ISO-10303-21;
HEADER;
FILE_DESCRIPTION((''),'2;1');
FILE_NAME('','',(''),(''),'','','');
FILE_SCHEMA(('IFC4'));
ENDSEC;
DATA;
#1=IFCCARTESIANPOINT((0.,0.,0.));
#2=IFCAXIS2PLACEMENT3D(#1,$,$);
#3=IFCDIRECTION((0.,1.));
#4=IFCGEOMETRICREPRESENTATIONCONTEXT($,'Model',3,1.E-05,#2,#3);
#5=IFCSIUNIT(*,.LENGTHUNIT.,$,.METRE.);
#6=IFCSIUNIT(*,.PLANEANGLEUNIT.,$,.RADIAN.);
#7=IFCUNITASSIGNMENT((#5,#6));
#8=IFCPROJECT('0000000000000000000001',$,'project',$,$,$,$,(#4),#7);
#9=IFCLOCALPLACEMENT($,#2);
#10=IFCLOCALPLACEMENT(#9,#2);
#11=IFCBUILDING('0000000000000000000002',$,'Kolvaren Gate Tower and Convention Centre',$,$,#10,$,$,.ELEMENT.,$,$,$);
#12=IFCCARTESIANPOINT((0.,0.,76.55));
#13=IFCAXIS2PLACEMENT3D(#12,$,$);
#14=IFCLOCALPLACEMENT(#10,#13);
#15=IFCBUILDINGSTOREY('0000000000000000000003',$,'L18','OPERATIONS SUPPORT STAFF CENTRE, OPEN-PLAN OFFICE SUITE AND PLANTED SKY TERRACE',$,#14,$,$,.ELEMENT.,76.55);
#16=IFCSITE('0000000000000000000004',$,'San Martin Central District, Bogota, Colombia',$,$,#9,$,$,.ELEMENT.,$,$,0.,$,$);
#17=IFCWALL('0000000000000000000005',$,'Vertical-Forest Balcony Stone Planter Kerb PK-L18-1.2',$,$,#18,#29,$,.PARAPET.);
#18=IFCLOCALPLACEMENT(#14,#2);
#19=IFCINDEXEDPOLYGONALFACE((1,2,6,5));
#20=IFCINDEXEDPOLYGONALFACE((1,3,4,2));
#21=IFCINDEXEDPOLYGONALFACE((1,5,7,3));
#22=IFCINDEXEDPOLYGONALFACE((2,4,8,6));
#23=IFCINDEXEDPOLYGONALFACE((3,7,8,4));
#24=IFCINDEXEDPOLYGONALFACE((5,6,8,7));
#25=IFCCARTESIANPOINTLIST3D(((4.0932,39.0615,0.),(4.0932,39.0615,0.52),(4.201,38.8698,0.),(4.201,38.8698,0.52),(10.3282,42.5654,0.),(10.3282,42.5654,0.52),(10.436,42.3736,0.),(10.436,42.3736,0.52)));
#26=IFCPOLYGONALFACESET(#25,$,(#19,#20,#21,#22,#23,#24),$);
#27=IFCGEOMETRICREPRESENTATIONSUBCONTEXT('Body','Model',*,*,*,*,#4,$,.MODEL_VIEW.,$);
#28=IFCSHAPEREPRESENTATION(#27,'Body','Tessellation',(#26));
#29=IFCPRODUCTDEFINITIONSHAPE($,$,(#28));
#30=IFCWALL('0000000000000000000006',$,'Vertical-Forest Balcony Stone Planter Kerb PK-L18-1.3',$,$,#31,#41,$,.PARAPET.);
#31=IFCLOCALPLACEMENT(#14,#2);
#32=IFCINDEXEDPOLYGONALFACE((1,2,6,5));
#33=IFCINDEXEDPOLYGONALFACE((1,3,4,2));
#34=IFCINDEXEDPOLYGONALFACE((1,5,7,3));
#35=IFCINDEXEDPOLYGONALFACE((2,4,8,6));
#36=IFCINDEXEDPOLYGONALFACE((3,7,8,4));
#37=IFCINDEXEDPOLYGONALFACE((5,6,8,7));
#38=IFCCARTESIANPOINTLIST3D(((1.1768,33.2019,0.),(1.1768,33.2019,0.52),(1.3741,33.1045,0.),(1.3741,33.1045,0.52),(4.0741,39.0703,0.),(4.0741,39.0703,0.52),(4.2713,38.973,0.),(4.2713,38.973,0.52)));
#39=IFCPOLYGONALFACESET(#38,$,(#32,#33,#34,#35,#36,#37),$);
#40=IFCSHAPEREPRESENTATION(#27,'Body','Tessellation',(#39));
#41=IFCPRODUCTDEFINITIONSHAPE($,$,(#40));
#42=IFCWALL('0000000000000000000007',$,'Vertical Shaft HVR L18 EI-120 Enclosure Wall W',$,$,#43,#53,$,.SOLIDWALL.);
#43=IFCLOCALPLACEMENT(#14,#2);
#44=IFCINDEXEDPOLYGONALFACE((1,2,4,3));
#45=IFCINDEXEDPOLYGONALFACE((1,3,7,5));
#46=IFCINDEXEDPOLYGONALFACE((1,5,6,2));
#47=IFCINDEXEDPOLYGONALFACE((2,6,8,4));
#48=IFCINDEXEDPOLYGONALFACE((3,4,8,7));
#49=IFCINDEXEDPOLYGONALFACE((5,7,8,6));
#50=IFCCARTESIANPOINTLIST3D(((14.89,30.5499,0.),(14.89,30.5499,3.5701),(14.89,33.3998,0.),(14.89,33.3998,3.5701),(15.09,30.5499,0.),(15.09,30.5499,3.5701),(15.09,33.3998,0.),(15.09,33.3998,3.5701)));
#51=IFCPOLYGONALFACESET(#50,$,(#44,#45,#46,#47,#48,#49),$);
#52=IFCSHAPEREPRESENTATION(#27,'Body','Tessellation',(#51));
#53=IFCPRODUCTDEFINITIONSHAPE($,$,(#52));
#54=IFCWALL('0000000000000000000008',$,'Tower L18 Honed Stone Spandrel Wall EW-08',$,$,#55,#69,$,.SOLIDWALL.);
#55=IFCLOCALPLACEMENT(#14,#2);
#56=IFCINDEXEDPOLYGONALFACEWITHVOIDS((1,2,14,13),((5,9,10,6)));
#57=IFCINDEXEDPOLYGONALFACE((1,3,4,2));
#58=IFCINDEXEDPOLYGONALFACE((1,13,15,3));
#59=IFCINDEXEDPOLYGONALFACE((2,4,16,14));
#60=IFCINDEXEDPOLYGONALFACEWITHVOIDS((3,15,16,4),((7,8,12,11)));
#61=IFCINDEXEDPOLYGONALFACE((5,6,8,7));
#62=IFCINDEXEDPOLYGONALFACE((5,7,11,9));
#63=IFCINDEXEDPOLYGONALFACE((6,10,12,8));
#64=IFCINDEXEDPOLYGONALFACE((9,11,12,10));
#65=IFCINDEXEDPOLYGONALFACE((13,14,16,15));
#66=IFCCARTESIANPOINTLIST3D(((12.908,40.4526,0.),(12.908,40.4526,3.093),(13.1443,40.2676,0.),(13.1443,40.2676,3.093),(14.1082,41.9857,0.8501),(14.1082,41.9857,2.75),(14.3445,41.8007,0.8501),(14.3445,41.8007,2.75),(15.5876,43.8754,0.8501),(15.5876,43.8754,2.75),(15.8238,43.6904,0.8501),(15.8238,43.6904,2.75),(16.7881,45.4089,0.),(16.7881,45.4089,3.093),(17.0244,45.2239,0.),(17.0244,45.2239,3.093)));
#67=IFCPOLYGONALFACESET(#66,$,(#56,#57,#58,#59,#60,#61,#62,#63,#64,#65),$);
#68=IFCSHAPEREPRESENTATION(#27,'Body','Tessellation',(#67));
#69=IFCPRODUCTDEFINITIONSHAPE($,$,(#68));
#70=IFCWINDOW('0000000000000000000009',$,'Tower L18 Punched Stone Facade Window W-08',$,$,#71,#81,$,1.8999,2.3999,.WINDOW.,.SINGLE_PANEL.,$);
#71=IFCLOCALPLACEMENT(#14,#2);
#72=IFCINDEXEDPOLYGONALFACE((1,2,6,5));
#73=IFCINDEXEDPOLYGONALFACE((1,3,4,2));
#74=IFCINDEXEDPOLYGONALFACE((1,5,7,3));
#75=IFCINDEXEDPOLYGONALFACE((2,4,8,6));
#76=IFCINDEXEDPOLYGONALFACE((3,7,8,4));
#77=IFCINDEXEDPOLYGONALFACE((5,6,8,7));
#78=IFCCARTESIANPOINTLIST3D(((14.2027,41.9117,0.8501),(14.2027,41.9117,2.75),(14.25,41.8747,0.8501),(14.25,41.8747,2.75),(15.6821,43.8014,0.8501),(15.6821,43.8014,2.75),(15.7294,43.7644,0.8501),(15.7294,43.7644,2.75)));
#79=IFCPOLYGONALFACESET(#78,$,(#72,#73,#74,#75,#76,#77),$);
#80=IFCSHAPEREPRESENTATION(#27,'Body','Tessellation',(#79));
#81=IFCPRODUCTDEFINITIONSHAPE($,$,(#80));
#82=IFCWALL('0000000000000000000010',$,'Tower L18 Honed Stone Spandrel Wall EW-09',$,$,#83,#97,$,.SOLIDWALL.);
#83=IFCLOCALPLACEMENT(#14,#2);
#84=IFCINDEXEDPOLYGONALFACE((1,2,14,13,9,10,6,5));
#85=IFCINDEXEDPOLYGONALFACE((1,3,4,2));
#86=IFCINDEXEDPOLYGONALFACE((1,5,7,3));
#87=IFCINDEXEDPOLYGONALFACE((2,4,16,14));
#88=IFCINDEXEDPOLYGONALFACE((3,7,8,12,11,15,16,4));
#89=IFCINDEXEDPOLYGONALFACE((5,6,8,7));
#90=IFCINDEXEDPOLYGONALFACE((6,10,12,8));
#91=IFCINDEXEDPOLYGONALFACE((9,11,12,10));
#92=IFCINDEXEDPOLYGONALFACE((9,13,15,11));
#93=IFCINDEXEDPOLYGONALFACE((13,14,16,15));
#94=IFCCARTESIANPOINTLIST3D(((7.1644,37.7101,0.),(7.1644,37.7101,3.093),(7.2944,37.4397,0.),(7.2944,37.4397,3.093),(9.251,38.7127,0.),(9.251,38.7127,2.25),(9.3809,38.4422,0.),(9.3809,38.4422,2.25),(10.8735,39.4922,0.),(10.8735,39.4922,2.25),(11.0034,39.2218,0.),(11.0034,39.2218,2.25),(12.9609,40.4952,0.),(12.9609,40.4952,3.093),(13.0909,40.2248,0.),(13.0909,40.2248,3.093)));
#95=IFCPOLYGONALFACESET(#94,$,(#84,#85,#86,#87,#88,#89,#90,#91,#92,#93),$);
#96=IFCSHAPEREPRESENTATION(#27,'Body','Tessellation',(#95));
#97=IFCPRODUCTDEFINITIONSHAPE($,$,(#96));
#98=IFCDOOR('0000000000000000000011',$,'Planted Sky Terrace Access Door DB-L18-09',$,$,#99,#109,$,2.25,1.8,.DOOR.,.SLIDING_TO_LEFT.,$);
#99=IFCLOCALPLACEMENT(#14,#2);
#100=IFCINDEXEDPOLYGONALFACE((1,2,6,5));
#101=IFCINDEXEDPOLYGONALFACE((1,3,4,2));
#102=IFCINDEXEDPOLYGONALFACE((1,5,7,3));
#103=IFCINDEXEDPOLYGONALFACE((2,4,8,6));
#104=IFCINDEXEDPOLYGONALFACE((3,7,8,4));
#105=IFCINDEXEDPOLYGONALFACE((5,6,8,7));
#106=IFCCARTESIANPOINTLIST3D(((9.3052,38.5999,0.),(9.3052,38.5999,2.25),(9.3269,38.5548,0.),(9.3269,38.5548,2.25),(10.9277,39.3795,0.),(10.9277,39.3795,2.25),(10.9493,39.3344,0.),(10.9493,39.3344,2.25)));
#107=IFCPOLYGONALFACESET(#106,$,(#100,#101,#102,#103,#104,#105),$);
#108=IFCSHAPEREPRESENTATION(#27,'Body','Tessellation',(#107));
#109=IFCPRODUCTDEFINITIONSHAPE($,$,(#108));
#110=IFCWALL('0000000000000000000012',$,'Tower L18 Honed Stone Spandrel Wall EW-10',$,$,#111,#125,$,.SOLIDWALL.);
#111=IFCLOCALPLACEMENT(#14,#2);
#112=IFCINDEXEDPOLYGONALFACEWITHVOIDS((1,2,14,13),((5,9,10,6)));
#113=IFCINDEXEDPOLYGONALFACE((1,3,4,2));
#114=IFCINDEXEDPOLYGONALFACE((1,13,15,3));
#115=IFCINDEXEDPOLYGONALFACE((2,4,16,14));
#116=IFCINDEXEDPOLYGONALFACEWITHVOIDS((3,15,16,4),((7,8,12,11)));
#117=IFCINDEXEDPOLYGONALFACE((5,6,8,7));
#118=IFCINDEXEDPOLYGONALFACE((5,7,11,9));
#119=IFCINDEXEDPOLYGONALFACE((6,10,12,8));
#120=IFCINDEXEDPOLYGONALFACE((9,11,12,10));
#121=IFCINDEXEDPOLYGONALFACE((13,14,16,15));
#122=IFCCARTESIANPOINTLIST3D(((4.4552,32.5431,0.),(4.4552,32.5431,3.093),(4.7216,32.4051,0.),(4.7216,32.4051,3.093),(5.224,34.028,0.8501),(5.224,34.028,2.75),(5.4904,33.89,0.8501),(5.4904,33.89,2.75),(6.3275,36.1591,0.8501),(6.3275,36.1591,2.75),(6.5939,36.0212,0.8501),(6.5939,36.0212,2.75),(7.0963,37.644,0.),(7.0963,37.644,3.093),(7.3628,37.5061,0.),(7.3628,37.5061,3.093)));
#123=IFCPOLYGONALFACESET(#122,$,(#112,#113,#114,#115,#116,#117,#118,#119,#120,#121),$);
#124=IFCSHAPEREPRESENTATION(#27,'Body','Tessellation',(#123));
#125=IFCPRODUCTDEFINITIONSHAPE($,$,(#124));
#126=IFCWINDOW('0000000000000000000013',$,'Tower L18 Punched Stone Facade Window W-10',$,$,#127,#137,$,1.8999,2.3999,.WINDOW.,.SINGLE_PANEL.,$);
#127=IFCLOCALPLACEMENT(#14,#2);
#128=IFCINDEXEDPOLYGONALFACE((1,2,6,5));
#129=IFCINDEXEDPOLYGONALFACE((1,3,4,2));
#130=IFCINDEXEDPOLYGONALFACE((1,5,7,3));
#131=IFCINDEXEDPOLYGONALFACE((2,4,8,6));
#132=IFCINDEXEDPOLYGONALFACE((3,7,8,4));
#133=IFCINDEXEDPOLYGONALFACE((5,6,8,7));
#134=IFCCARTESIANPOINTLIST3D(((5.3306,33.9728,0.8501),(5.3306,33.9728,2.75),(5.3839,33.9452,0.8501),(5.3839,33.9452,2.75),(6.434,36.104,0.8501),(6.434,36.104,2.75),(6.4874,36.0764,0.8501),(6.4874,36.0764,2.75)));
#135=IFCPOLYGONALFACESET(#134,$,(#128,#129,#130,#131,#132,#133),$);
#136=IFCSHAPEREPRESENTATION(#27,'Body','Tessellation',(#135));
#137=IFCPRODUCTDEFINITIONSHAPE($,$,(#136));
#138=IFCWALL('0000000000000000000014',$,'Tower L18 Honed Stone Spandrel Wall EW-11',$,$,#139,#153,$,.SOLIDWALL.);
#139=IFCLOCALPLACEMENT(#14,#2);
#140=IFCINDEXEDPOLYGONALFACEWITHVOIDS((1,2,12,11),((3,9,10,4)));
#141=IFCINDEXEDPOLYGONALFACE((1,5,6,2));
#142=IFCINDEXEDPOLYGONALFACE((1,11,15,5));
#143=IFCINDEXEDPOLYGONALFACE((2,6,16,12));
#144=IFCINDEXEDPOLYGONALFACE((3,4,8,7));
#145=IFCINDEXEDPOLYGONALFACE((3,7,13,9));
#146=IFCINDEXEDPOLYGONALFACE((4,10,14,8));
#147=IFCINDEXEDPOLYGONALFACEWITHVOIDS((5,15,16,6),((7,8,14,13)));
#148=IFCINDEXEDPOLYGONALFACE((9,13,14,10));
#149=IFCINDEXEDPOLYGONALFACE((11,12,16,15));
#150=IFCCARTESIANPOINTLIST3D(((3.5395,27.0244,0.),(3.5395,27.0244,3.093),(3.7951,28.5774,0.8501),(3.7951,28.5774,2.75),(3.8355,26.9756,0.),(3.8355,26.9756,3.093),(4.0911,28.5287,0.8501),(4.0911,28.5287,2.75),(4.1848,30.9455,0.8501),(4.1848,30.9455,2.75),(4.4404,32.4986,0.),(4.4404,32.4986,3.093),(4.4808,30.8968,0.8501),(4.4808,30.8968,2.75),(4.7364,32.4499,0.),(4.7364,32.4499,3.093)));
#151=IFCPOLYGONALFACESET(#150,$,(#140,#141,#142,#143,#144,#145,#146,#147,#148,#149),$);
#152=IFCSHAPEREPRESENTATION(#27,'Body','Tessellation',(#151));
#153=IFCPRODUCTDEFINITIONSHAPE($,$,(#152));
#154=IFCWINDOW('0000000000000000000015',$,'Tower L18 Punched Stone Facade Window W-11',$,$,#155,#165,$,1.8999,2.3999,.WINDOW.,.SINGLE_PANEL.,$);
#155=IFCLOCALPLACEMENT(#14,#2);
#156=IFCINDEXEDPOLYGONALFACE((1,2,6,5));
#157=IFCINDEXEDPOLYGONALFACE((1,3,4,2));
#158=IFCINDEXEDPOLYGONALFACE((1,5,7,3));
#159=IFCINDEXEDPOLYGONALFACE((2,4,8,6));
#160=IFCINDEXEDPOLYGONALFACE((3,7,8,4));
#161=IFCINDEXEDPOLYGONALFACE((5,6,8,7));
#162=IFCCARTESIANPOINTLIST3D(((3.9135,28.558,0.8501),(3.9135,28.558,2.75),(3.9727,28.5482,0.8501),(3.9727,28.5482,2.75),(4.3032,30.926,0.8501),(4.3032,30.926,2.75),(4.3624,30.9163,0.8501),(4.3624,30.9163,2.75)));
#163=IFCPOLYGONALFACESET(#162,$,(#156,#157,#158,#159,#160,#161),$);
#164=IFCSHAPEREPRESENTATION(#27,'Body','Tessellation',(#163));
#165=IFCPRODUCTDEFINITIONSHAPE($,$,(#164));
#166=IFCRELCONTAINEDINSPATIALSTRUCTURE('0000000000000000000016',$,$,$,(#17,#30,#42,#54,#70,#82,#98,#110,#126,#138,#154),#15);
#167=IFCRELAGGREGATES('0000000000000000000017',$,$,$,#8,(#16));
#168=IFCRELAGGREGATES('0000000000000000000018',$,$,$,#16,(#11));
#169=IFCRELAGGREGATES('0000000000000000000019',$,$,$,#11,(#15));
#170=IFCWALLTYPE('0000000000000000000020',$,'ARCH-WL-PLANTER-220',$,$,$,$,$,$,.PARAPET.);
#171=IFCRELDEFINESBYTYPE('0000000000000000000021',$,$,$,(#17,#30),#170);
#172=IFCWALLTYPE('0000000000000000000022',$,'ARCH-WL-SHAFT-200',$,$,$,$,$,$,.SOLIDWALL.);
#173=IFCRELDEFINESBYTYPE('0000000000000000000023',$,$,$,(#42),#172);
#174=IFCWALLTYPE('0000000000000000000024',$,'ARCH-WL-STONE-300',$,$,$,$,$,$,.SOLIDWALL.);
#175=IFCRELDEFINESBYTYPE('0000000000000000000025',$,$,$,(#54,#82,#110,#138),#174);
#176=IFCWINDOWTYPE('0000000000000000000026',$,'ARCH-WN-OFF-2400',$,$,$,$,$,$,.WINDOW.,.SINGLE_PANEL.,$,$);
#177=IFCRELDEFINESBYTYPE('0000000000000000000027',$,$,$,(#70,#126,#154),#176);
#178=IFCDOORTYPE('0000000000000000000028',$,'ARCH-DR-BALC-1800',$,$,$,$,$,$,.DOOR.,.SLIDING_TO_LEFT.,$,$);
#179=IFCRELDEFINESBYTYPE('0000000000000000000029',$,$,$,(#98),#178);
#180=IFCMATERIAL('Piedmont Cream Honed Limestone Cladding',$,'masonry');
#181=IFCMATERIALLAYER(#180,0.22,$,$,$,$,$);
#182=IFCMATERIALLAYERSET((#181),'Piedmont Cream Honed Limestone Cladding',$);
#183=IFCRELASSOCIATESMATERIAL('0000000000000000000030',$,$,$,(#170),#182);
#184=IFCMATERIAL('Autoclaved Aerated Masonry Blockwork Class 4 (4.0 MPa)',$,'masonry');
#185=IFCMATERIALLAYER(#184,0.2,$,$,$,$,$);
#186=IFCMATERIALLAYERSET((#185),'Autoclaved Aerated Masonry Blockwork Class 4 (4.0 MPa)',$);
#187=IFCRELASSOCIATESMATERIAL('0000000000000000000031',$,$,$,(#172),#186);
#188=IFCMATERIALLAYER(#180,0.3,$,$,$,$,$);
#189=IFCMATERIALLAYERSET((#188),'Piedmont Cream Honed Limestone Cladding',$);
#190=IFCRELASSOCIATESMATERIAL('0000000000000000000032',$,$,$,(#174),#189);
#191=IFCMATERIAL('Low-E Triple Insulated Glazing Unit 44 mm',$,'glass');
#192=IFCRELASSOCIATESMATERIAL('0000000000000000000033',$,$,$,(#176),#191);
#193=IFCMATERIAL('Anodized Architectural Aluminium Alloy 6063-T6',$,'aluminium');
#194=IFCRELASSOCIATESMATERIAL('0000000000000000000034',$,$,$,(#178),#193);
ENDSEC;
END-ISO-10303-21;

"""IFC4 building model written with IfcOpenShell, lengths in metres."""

from ifc_helpers import new_model, si_unit, direction, frame, frame_2d, origin, place, context, subcontext, project, spatial, rectangle, extrude, material, layer, layer_set, type_object, element, fill, save


model = new_model("IFC4")

# Units and contexts
model_context = context("Model", 3, precision=1e-05, world=origin(), true_north=direction((0.0, 1.0)))
body_context = subcontext(model_context, "Body", "Model", "MODEL_VIEW")
ifc_project = project(units=[si_unit("LENGTHUNIT", "METRE"), si_unit("PLANEANGLEUNIT", "RADIAN")], contexts=[model_context])

# Site, building, storey
site_placement = place(None, origin())
site = spatial("IfcSite", under=ifc_project, at=site_placement, Name="San Martin Central District, Bogota, Colombia", CompositionType="ELEMENT", RefElevation=0.0)
building_placement = place(site_placement, origin())
building = spatial("IfcBuilding", under=site, at=building_placement, Name="Kolvaren Gate Tower and Convention Centre", CompositionType="ELEMENT")
storey_placement = place(building_placement, frame((0.0, 0.0, 76.55)))
storey = spatial("IfcBuildingStorey", under=building, at=storey_placement, Name="L18", Description="OPERATIONS SUPPORT STAFF CENTRE, OPEN-PLAN OFFICE SUITE AND PLANTED SKY TERRACE", CompositionType="ELEMENT", Elevation=76.55)

# Walls
ifc_material_1 = material(Name="Piedmont Cream Honed Limestone Cladding", Category="masonry")
ifc_layer_1 = layer(ifc_material_1, 0.22)
ifc_layer_set_1 = layer_set([ifc_layer_1], Name="Piedmont Cream Honed Limestone Cladding")
wall_type_1 = type_object("IfcWallType", Name="ARCH-WL-PLANTER-220", PredefinedType="PARAPET", material=ifc_layer_set_1)
wall_1_placement = place(storey_placement, frame((4.147, 38.9656, 0.0), z_axis=(0.0, 0.0, 1.0), x_axis=(0.871775, 0.489906, 0.0)))
element("IfcWall", 1, at=wall_1_placement, inside=storey, type_object=wall_type_1, Name="Vertical-Forest Balcony Stone Planter Kerb PK-L18-1.2", PredefinedType="PARAPET", context=body_context, shape_type="SweptSolid", body=[
    extrude(rectangle(XDim=7.1521, YDim=0.22, at=frame_2d((3.5762, 0.0))), origin(), (0.0, 0.0, 1.0), 0.52),
])
wall_2_placement = place(storey_placement, frame((1.2754, 33.1531, 0.0), z_axis=(0.0, 0.0, 1.0), x_axis=(0.442687, 0.896676, 0.0)))
element("IfcWall", 2, at=wall_2_placement, inside=storey, type_object=wall_type_1, Name="Vertical-Forest Balcony Stone Planter Kerb PK-L18-1.3", PredefinedType="PARAPET", context=body_context, shape_type="SweptSolid", body=[
    extrude(rectangle(XDim=6.5447, YDim=0.22, at=frame_2d((3.2725, 0.0))), origin(), (0.0, 0.0, 1.0), 0.52),
])
ifc_material_2 = material(Name="Autoclaved Aerated Masonry Blockwork Class 4 (4.0 MPa)", Category="masonry")
ifc_layer_2 = layer(ifc_material_2, 0.2)
ifc_layer_set_2 = layer_set([ifc_layer_2], Name="Autoclaved Aerated Masonry Blockwork Class 4 (4.0 MPa)")
wall_type_2 = type_object("IfcWallType", Name="ARCH-WL-SHAFT-200", PredefinedType="SOLIDWALL", material=ifc_layer_set_2)
wall_3_placement = place(storey_placement, frame((14.99, 30.55, 0.0), z_axis=(0.0, 0.0, 1.0), x_axis=(0.0, 1.0, 0.0)))
element("IfcWall", 3, at=wall_3_placement, inside=storey, type_object=wall_type_2, Name="Vertical Shaft HVR L18 EI-120 Enclosure Wall W", PredefinedType="SOLIDWALL", context=body_context, shape_type="SweptSolid", body=[
    extrude(rectangle(XDim=2.8499, YDim=0.2, at=frame_2d((1.4248, 0.0))), origin(), (0.0, 0.0, 1.0), 3.5701),
])

# Wall, opening, window
ifc_layer_3 = layer(ifc_material_1, 0.3)
ifc_layer_set_3 = layer_set([ifc_layer_3], Name="Piedmont Cream Honed Limestone Cladding")
wall_type_3 = type_object("IfcWallType", Name="ARCH-WL-STONE-300", PredefinedType="SOLIDWALL", material=ifc_layer_set_3)
wall_4_placement = place(storey_placement, frame((13.0261, 40.3601, 0.0), z_axis=(0.0, 0.0, 1.0), x_axis=(0.616435, 0.787406, 0.0)))
wall_4 = element("IfcWall", 4, at=wall_4_placement, inside=storey, type_object=wall_type_3, Name="Tower L18 Honed Stone Spandrel Wall EW-08", PredefinedType="SOLIDWALL", context=body_context, shape_type="SweptSolid", body=[
    extrude(rectangle(XDim=6.2944, YDim=0.3, at=frame_2d((3.1472, 0.0))), origin(), (0.0, 0.0, 1.0), 3.093),
])
opening_1_placement = place(wall_4_placement, frame((1.947, 0.0, 0.8501)))
opening_1 = element("IfcOpeningElement", 5, at=opening_1_placement, cuts=wall_4, PredefinedType="OPENING", context=body_context, shape_type="SweptSolid", body=[
    extrude(rectangle(XDim=2.3999, YDim=1.8999, at=frame_2d((1.2, 0.95))), frame((0.0, 0.1599, 0.0), z_axis=(0.0, -1.0, 0.0), x_axis=(1.0, 0.0, 0.0)), (0.0, 0.0, 1.0), 0.3201),
])
ifc_material_3 = material(Name="Low-E Triple Insulated Glazing Unit 44 mm", Category="glass")
window_type = type_object("IfcWindowType", Name="ARCH-WN-OFF-2400", PartitioningType="SINGLE_PANEL", PredefinedType="WINDOW", material=ifc_material_3)
window_1_placement = place(opening_1_placement, origin())
window_1 = element("IfcWindow", 6, at=window_1_placement, inside=storey, type_object=window_type, Name="Tower L18 Punched Stone Facade Window W-08", OverallHeight=1.8999, OverallWidth=2.3999, PartitioningType="SINGLE_PANEL", PredefinedType="WINDOW", context=body_context, shape_type="SweptSolid", body=[
    extrude(rectangle(XDim=2.3999, YDim=1.8999, at=frame_2d((1.2, 0.95))), frame((0.0, 0.03, 0.0), z_axis=(0.0, -1.0, 0.0), x_axis=(1.0, 0.0, 0.0)), (0.0, 0.0, 1.0), 0.0601),
])
fill(opening_1, window_1)

# Wall, opening, door
wall_5_placement = place(storey_placement, frame((7.2295, 37.575, 0.0), z_axis=(0.0, 0.0, 1.0), x_axis=(0.901355, 0.433082, 0.0)))
wall_5 = element("IfcWall", 7, at=wall_5_placement, inside=storey, type_object=wall_type_3, Name="Tower L18 Honed Stone Spandrel Wall EW-09", PredefinedType="SOLIDWALL", context=body_context, shape_type="SweptSolid", body=[
    extrude(rectangle(XDim=6.4309, YDim=0.3, at=frame_2d((3.2153, 0.0))), origin(), (0.0, 0.0, 1.0), 3.093),
])
opening_2_placement = place(wall_5_placement, frame((2.3149, 0.0, 0.0)))
opening_2 = element("IfcOpeningElement", 8, at=opening_2_placement, cuts=wall_5, PredefinedType="OPENING", context=body_context, shape_type="SweptSolid", body=[
    extrude(rectangle(XDim=1.8, YDim=2.25, at=frame_2d((0.8999, 1.125))), frame((0.0, 0.1599, 0.0), z_axis=(0.0, -1.0, 0.0), x_axis=(1.0, 0.0, 0.0)), (0.0, 0.0, 1.0), 0.3201),
])
ifc_material_4 = material(Name="Anodized Architectural Aluminium Alloy 6063-T6", Category="aluminium")
door_type = type_object("IfcDoorType", Name="ARCH-DR-BALC-1800", OperationType="SLIDING_TO_LEFT", PredefinedType="DOOR", material=ifc_material_4)
door_placement = place(opening_2_placement, origin())
door = element("IfcDoor", 9, at=door_placement, inside=storey, type_object=door_type, Name="Planted Sky Terrace Access Door DB-L18-09", OperationType="SLIDING_TO_LEFT", OverallHeight=2.25, OverallWidth=1.8, PredefinedType="DOOR", context=body_context, shape_type="SweptSolid", body=[
    extrude(rectangle(XDim=1.8, YDim=2.25, at=frame_2d((0.8999, 1.125))), frame((0.0, 0.0249, 0.0), z_axis=(0.0, -1.0, 0.0), x_axis=(1.0, 0.0, 0.0)), (0.0, 0.0, 1.0), 0.05),
])
fill(opening_2, door)

# Walls, openings, windows
wall_6_placement = place(storey_placement, frame((4.5884, 32.4741, 0.0), z_axis=(0.0, 0.0, 1.0), x_axis=(0.459801, 0.888022, 0.0)))
wall_6 = element("IfcWall", 10, at=wall_6_placement, inside=storey, type_object=wall_type_3, Name="Tower L18 Honed Stone Spandrel Wall EW-10", PredefinedType="SOLIDWALL", context=body_context, shape_type="SweptSolid", body=[
    extrude(rectangle(XDim=5.7441, YDim=0.3, at=frame_2d((2.8721, 0.0))), origin(), (0.0, 0.0, 1.0), 3.093),
])
opening_3_placement = place(wall_6_placement, frame((1.6721, 0.0, 0.8501)))
opening_3 = element("IfcOpeningElement", 11, at=opening_3_placement, cuts=wall_6, PredefinedType="OPENING", context=body_context, shape_type="SweptSolid", body=[
    extrude(rectangle(XDim=2.3999, YDim=1.8999, at=frame_2d((1.2, 0.95))), frame((0.0, 0.1599, 0.0), z_axis=(0.0, -1.0, 0.0), x_axis=(1.0, 0.0, 0.0)), (0.0, 0.0, 1.0), 0.3201),
])
window_2_placement = place(opening_3_placement, origin())
window_2 = element("IfcWindow", 12, at=window_2_placement, inside=storey, type_object=window_type, Name="Tower L18 Punched Stone Facade Window W-10", OverallHeight=1.8999, OverallWidth=2.3999, PartitioningType="SINGLE_PANEL", PredefinedType="WINDOW", context=body_context, shape_type="SweptSolid", body=[
    extrude(rectangle(XDim=2.3999, YDim=1.8999, at=frame_2d((1.2, 0.95))), frame((0.0, 0.03, 0.0), z_axis=(0.0, -1.0, 0.0), x_axis=(1.0, 0.0, 0.0)), (0.0, 0.0, 1.0), 0.0601),
])
fill(opening_3, window_2)
wall_7_placement = place(storey_placement, frame((3.6875, 27.0, 0.0), z_axis=(0.0, 0.0, 1.0), x_axis=(0.162386, 0.986727, 0.0)))
wall_7 = element("IfcWall", 13, at=wall_7_placement, inside=storey, type_object=wall_type_3, Name="Tower L18 Honed Stone Spandrel Wall EW-11", PredefinedType="SOLIDWALL", context=body_context, shape_type="SweptSolid", body=[
    extrude(rectangle(XDim=5.5479, YDim=0.3, at=frame_2d((2.7739, 0.0))), origin(), (0.0, 0.0, 1.0), 3.093),
])
opening_4_placement = place(wall_7_placement, frame((1.574, 0.0, 0.8501)))
opening_4 = element("IfcOpeningElement", 14, at=opening_4_placement, cuts=wall_7, PredefinedType="OPENING", context=body_context, shape_type="SweptSolid", body=[
    extrude(rectangle(XDim=2.3999, YDim=1.8999, at=frame_2d((1.2, 0.95))), frame((0.0, 0.1599, 0.0), z_axis=(0.0, -1.0, 0.0), x_axis=(1.0, 0.0, 0.0)), (0.0, 0.0, 1.0), 0.3201),
])
window_3_placement = place(opening_4_placement, origin())
window_3 = element("IfcWindow", 15, at=window_3_placement, inside=storey, type_object=window_type, Name="Tower L18 Punched Stone Facade Window W-11", OverallHeight=1.8999, OverallWidth=2.3999, PartitioningType="SINGLE_PANEL", PredefinedType="WINDOW", context=body_context, shape_type="SweptSolid", body=[
    extrude(rectangle(XDim=2.3999, YDim=1.8999, at=frame_2d((1.2, 0.95))), frame((0.0, 0.03, 0.0), z_axis=(0.0, -1.0, 0.0), x_axis=(1.0, 0.0, 0.0)), (0.0, 0.0, 1.0), 0.0601),
])
fill(opening_4, window_3)

save(model, "model.ifc")
